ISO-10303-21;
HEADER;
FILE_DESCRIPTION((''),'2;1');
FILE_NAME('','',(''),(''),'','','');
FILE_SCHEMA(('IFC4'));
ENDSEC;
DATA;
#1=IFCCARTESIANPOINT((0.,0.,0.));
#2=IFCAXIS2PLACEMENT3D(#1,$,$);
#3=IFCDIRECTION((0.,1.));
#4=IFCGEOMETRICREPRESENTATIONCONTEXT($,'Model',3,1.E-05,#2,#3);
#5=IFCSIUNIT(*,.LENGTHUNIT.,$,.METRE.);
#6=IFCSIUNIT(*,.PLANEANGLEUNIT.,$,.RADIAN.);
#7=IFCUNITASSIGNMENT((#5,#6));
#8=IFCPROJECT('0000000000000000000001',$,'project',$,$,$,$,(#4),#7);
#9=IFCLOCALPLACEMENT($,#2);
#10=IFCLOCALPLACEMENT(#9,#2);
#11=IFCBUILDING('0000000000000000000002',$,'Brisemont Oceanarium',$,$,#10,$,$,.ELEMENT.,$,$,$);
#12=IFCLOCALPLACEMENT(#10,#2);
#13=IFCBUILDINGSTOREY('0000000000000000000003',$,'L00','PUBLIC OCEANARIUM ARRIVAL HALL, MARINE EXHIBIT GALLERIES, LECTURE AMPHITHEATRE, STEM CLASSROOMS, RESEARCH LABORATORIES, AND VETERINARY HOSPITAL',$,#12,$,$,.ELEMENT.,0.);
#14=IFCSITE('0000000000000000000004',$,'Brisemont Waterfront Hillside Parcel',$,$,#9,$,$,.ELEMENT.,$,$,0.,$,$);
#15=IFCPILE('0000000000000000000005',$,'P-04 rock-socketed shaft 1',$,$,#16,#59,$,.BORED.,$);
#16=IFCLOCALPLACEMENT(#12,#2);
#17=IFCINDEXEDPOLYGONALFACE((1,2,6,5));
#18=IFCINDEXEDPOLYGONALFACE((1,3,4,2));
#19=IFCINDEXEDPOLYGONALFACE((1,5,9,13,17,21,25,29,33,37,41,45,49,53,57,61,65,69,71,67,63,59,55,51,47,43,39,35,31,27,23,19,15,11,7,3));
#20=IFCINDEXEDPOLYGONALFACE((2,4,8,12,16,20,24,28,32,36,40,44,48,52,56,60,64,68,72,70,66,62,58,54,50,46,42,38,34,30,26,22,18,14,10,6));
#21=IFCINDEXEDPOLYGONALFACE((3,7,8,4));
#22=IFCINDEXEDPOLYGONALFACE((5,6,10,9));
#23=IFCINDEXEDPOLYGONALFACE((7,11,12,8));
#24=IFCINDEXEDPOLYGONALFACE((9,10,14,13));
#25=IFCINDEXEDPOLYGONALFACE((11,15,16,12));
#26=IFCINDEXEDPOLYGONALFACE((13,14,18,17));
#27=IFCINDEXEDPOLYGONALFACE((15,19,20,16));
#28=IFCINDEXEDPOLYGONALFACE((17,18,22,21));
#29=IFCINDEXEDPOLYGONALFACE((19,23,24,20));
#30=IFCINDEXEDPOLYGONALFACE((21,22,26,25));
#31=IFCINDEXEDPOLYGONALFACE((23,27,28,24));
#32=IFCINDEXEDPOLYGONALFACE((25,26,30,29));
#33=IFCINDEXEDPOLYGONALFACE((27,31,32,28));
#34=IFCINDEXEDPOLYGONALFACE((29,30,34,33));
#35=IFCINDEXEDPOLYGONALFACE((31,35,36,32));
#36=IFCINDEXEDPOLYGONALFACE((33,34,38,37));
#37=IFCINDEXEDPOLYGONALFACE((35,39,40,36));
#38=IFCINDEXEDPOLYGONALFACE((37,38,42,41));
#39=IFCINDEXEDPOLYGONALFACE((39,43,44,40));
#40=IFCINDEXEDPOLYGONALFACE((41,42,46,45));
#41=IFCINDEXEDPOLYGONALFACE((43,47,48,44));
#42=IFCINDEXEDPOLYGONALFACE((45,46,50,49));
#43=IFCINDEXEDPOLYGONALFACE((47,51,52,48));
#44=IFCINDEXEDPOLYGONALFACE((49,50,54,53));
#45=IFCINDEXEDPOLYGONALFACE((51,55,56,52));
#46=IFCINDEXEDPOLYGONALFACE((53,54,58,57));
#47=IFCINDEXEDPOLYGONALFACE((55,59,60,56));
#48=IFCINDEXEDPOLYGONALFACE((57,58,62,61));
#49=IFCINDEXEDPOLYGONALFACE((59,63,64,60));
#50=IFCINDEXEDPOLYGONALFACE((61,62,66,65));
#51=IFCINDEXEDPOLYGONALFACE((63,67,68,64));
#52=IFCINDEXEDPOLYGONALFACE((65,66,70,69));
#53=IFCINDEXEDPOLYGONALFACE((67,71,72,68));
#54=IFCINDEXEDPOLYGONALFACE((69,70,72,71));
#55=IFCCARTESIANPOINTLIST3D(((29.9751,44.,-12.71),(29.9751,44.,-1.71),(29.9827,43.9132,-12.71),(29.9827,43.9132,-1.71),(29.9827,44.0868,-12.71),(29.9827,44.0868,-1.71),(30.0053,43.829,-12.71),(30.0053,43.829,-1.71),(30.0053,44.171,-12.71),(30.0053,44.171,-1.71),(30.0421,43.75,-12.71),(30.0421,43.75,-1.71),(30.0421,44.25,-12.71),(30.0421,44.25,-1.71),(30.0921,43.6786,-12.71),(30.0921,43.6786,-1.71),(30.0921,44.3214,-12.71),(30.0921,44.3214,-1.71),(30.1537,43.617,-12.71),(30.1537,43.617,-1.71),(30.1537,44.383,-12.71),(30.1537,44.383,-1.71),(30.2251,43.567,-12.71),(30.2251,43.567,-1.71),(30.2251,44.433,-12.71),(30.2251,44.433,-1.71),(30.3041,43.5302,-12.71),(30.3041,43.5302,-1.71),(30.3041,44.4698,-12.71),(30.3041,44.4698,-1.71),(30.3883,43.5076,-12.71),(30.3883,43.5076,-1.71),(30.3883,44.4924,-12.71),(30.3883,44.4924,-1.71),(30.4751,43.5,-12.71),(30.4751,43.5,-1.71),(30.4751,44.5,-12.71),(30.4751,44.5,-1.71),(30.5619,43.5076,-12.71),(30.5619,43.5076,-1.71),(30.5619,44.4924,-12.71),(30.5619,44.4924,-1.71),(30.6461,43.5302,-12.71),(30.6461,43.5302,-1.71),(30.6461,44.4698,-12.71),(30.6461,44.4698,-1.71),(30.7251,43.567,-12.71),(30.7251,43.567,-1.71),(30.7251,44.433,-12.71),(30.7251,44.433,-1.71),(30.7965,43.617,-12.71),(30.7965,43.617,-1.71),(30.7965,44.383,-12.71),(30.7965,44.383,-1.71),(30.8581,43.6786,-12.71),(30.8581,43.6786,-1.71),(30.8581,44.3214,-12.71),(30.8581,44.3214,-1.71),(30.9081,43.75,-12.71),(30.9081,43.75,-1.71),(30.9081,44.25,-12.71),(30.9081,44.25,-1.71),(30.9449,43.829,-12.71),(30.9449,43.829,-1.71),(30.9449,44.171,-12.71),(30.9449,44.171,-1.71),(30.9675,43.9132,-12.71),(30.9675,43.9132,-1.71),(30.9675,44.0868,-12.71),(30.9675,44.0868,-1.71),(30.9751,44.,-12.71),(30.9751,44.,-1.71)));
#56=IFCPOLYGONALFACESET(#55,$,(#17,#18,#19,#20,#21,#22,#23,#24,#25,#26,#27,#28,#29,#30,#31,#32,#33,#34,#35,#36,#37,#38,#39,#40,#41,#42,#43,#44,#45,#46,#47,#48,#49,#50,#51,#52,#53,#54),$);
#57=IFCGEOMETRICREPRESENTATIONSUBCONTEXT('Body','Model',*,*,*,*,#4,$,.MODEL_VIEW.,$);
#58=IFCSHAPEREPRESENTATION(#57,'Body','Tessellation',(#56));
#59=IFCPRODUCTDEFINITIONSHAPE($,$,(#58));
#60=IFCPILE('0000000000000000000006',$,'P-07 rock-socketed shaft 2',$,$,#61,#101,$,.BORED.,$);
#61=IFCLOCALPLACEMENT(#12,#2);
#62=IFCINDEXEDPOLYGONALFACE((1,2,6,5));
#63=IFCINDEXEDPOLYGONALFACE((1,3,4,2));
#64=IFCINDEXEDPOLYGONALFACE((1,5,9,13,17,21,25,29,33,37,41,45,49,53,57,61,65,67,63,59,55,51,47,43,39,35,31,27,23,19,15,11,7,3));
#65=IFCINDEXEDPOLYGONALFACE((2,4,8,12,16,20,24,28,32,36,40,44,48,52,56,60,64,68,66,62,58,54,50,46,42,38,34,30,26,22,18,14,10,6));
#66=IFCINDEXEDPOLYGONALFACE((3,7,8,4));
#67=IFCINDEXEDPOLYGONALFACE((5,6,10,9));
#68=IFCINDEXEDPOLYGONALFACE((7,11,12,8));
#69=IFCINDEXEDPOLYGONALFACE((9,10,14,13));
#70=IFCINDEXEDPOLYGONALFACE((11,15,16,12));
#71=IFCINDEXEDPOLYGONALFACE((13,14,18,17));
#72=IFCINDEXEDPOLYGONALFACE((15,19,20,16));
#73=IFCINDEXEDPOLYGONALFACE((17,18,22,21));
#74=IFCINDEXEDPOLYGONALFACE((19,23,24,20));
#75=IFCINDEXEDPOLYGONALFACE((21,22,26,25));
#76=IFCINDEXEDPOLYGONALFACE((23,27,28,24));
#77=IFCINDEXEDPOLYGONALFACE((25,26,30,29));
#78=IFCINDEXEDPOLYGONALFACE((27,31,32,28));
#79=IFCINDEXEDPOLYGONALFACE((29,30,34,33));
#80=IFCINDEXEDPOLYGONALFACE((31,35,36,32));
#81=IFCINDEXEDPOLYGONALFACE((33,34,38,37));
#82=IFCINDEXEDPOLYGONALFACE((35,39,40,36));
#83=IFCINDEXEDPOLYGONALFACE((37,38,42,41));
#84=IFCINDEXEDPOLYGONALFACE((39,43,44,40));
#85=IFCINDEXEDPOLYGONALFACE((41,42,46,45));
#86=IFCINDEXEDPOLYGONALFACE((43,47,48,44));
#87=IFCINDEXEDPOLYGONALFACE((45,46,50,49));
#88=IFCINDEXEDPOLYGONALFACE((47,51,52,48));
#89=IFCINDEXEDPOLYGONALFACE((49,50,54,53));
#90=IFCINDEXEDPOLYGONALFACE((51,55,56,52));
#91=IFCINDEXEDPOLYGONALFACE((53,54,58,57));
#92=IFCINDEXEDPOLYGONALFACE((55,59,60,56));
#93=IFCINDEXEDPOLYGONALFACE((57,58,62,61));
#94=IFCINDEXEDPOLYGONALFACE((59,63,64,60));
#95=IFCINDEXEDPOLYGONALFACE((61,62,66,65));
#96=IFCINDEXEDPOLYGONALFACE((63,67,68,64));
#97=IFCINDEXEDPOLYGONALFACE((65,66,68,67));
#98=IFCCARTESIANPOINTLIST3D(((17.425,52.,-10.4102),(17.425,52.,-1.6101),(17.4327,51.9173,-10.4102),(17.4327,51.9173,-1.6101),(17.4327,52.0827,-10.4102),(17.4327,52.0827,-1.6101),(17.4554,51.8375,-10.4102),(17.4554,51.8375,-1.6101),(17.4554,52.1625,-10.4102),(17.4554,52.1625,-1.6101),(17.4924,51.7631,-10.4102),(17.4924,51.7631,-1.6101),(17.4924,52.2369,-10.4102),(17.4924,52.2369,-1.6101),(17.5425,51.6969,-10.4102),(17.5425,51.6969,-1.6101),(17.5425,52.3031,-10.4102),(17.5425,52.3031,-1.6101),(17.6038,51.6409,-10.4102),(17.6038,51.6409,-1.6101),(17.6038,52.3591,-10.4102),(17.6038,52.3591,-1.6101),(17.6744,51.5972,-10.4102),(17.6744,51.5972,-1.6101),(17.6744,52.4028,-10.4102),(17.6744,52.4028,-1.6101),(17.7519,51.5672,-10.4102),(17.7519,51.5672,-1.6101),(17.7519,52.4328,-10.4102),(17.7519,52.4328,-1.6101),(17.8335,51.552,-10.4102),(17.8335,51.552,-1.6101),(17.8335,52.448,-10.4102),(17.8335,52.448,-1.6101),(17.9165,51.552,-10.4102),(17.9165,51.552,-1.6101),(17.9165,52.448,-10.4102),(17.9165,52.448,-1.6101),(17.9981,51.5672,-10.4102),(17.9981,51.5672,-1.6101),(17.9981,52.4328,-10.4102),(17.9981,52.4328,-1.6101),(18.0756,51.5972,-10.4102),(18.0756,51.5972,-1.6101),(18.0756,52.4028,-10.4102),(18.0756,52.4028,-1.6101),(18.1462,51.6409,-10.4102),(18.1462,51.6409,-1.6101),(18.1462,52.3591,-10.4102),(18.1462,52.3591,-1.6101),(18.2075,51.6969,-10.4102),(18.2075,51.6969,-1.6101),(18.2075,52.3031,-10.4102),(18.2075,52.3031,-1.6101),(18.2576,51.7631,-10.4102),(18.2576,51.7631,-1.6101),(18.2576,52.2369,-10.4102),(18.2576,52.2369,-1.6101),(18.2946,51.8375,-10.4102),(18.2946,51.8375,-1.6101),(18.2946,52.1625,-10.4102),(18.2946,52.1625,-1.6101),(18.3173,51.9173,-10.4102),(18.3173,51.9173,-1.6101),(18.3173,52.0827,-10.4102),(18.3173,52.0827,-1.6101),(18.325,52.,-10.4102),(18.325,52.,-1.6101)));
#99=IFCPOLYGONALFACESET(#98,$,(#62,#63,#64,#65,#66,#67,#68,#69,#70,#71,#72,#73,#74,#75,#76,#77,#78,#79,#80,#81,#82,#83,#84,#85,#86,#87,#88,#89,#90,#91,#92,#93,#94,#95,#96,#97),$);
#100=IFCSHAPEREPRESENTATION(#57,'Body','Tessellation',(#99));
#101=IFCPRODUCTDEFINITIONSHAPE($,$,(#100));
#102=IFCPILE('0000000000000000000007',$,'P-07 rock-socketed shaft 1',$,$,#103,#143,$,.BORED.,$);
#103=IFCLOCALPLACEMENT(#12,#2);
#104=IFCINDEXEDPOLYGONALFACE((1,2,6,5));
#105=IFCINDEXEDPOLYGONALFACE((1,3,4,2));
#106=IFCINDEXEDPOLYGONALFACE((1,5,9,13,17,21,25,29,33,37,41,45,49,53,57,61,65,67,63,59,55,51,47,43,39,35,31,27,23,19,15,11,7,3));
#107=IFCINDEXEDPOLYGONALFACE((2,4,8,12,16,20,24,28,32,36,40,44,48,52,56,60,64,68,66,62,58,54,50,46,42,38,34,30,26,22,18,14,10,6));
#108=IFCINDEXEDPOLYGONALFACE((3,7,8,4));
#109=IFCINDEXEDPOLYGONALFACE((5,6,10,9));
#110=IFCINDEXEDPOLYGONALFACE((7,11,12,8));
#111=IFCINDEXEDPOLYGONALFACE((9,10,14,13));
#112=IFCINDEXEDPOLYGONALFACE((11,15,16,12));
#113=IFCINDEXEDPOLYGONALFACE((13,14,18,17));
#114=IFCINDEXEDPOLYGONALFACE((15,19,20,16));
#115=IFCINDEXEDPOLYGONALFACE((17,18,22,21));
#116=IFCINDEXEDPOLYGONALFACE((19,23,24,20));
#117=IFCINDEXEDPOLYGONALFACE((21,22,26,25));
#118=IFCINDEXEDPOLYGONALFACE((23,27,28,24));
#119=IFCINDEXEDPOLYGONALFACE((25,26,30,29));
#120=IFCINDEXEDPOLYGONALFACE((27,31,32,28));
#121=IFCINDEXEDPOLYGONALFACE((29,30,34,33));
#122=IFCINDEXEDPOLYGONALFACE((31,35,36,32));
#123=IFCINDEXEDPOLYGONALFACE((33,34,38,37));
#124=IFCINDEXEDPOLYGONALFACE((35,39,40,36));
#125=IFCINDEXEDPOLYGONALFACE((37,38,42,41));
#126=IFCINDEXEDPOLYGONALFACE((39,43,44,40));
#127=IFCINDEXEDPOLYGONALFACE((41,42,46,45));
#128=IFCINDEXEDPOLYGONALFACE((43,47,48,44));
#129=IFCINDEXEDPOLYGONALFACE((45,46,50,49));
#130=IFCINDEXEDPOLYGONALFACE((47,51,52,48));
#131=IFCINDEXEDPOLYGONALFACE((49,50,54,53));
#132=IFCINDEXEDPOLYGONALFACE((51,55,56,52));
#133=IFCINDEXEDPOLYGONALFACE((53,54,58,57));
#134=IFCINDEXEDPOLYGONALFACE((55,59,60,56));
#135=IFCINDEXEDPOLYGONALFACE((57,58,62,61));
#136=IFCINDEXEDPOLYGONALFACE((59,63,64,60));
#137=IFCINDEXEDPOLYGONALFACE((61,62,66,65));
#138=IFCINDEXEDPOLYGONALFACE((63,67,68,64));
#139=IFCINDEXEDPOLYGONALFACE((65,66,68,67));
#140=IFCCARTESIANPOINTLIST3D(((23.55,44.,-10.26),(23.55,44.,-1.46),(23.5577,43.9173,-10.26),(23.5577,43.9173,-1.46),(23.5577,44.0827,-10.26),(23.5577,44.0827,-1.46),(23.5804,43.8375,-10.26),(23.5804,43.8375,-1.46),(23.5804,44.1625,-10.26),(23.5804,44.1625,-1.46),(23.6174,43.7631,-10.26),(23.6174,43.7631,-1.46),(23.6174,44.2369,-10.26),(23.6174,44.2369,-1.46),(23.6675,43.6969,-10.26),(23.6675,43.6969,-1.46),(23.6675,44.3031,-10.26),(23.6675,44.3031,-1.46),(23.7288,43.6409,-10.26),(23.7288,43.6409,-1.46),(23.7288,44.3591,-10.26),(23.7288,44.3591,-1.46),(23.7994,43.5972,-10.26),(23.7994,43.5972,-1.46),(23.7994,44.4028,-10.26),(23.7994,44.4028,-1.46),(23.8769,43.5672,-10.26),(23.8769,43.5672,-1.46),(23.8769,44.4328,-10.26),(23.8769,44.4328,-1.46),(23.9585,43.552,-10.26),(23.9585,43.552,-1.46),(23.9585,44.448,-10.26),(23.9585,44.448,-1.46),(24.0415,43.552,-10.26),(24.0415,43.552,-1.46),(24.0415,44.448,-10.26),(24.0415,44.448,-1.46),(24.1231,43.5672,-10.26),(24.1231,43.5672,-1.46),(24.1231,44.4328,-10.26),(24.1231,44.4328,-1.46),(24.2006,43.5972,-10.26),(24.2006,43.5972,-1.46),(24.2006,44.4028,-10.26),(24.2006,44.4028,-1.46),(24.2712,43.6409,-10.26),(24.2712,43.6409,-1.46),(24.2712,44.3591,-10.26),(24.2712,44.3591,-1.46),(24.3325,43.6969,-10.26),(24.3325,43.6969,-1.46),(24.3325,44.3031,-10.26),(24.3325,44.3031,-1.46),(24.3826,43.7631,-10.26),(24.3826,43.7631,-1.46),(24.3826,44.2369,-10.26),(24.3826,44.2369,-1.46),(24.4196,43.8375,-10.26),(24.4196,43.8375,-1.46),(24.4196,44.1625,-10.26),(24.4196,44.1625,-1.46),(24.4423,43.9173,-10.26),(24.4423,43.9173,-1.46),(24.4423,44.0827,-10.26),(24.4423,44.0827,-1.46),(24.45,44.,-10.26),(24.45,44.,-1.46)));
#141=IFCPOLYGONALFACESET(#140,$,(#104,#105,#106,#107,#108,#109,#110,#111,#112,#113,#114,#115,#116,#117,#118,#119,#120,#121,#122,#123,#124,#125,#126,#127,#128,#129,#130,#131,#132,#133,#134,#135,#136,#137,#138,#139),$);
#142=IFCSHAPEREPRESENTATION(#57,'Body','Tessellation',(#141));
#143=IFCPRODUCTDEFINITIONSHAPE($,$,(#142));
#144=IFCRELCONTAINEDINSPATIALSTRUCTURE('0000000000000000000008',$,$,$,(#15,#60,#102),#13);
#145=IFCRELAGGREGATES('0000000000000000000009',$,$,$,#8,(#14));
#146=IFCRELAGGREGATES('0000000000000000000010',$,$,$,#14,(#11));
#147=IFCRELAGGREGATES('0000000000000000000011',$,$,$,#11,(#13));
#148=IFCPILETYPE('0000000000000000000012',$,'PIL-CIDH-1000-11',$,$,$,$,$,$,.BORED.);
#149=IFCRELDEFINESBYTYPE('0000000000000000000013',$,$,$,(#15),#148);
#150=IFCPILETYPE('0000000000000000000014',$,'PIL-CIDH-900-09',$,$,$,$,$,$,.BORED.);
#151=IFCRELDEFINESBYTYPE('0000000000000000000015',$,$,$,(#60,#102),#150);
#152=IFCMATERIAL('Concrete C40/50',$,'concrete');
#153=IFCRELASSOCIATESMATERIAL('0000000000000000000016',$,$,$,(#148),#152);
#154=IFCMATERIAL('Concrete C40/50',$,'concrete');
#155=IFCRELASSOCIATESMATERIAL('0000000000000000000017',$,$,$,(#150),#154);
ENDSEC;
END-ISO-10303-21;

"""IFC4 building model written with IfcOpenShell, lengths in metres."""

from ifc_helpers import new_model, si_unit, direction, frame, origin, origin_2d, place, context, subcontext, project, spatial, circle, extrude, material, material_profile, profile_set, type_object, element, save


model = new_model("IFC4")

# Units and contexts
model_context = context("Model", 3, precision=1e-05, world=origin(), true_north=direction((0.0, 1.0)))
body_context = subcontext(model_context, "Body", "Model", "MODEL_VIEW")
ifc_project = project(units=[si_unit("LENGTHUNIT", "METRE"), si_unit("PLANEANGLEUNIT", "RADIAN")], contexts=[model_context])

# Site, building, storey
site_placement = place(None, origin())
site = spatial("IfcSite", under=ifc_project, at=site_placement, Name="Brisemont Waterfront Hillside Parcel", CompositionType="ELEMENT", RefElevation=0.0)
building_placement = place(site_placement, origin())
building = spatial("IfcBuilding", under=site, at=building_placement, Name="Brisemont Oceanarium", CompositionType="ELEMENT")
storey_placement = place(building_placement, origin())
storey = spatial("IfcBuildingStorey", under=building, at=storey_placement, Name="L00", Description="PUBLIC OCEANARIUM ARRIVAL HALL, MARINE EXHIBIT GALLERIES, LECTURE AMPHITHEATRE, STEM CLASSROOMS, RESEARCH LABORATORIES, AND VETERINARY HOSPITAL", CompositionType="ELEMENT", Elevation=0.0)

# Piles
ifc_material_1 = material(Name="Concrete C40/50", Category="concrete")
ifc_material_profile_1 = material_profile(ifc_material_1, circle(Radius=0.5, at=origin_2d()), Name="CIDH-D1000")
ifc_profile_set_1 = profile_set([ifc_material_profile_1], Name="Concrete C40/50")
pile_type_1 = type_object("IfcPileType", Name="PIL-CIDH-1000-11", PredefinedType="BORED", material=ifc_profile_set_1)
for number, where, z_axis, x_axis, name in (
    (1, (30.4751, 44.0, -1.71), (0.0, 0.0, -1.0), (1.0, 0.0, 0.0), "P-04 rock-socketed shaft 1"),
):
    element("IfcPile", number, at=place(storey_placement, frame(where, z_axis=z_axis, x_axis=x_axis)), inside=storey, type_object=pile_type_1, Name=name, PredefinedType="BORED", context=body_context, shape_type="SweptSolid", body=[
        extrude(circle(Radius=0.5, at=origin_2d()), origin(), (0.0, 0.0, 1.0), 11.0),
    ])
ifc_material_2 = material(Name="Concrete C40/50", Category="concrete")
ifc_material_profile_2 = material_profile(ifc_material_2, circle(Radius=0.45, at=origin_2d()), Name="CIDH-D900")
ifc_profile_set_2 = profile_set([ifc_material_profile_2], Name="Concrete C40/50")
pile_type_2 = type_object("IfcPileType", Name="PIL-CIDH-900-09", PredefinedType="BORED", material=ifc_profile_set_2)
for number, where, z_axis, x_axis, name in (
    (2, (17.875, 52.0, -1.6101), (0.0, 0.0, -1.0), (1.0, 0.0, 0.0), "P-07 rock-socketed shaft 2"),
    (3, (24.0, 44.0, -1.46), (0.0, 0.0, -1.0), (1.0, 0.0, 0.0), "P-07 rock-socketed shaft 1"),
):
    element("IfcPile", number, at=place(storey_placement, frame(where, z_axis=z_axis, x_axis=x_axis)), inside=storey, type_object=pile_type_2, Name=name, PredefinedType="BORED", context=body_context, shape_type="SweptSolid", body=[
        extrude(circle(Radius=0.45, at=origin_2d()), origin(), (0.0, 0.0, 1.0), 8.8),
    ])

save(model, "model.ifc")
